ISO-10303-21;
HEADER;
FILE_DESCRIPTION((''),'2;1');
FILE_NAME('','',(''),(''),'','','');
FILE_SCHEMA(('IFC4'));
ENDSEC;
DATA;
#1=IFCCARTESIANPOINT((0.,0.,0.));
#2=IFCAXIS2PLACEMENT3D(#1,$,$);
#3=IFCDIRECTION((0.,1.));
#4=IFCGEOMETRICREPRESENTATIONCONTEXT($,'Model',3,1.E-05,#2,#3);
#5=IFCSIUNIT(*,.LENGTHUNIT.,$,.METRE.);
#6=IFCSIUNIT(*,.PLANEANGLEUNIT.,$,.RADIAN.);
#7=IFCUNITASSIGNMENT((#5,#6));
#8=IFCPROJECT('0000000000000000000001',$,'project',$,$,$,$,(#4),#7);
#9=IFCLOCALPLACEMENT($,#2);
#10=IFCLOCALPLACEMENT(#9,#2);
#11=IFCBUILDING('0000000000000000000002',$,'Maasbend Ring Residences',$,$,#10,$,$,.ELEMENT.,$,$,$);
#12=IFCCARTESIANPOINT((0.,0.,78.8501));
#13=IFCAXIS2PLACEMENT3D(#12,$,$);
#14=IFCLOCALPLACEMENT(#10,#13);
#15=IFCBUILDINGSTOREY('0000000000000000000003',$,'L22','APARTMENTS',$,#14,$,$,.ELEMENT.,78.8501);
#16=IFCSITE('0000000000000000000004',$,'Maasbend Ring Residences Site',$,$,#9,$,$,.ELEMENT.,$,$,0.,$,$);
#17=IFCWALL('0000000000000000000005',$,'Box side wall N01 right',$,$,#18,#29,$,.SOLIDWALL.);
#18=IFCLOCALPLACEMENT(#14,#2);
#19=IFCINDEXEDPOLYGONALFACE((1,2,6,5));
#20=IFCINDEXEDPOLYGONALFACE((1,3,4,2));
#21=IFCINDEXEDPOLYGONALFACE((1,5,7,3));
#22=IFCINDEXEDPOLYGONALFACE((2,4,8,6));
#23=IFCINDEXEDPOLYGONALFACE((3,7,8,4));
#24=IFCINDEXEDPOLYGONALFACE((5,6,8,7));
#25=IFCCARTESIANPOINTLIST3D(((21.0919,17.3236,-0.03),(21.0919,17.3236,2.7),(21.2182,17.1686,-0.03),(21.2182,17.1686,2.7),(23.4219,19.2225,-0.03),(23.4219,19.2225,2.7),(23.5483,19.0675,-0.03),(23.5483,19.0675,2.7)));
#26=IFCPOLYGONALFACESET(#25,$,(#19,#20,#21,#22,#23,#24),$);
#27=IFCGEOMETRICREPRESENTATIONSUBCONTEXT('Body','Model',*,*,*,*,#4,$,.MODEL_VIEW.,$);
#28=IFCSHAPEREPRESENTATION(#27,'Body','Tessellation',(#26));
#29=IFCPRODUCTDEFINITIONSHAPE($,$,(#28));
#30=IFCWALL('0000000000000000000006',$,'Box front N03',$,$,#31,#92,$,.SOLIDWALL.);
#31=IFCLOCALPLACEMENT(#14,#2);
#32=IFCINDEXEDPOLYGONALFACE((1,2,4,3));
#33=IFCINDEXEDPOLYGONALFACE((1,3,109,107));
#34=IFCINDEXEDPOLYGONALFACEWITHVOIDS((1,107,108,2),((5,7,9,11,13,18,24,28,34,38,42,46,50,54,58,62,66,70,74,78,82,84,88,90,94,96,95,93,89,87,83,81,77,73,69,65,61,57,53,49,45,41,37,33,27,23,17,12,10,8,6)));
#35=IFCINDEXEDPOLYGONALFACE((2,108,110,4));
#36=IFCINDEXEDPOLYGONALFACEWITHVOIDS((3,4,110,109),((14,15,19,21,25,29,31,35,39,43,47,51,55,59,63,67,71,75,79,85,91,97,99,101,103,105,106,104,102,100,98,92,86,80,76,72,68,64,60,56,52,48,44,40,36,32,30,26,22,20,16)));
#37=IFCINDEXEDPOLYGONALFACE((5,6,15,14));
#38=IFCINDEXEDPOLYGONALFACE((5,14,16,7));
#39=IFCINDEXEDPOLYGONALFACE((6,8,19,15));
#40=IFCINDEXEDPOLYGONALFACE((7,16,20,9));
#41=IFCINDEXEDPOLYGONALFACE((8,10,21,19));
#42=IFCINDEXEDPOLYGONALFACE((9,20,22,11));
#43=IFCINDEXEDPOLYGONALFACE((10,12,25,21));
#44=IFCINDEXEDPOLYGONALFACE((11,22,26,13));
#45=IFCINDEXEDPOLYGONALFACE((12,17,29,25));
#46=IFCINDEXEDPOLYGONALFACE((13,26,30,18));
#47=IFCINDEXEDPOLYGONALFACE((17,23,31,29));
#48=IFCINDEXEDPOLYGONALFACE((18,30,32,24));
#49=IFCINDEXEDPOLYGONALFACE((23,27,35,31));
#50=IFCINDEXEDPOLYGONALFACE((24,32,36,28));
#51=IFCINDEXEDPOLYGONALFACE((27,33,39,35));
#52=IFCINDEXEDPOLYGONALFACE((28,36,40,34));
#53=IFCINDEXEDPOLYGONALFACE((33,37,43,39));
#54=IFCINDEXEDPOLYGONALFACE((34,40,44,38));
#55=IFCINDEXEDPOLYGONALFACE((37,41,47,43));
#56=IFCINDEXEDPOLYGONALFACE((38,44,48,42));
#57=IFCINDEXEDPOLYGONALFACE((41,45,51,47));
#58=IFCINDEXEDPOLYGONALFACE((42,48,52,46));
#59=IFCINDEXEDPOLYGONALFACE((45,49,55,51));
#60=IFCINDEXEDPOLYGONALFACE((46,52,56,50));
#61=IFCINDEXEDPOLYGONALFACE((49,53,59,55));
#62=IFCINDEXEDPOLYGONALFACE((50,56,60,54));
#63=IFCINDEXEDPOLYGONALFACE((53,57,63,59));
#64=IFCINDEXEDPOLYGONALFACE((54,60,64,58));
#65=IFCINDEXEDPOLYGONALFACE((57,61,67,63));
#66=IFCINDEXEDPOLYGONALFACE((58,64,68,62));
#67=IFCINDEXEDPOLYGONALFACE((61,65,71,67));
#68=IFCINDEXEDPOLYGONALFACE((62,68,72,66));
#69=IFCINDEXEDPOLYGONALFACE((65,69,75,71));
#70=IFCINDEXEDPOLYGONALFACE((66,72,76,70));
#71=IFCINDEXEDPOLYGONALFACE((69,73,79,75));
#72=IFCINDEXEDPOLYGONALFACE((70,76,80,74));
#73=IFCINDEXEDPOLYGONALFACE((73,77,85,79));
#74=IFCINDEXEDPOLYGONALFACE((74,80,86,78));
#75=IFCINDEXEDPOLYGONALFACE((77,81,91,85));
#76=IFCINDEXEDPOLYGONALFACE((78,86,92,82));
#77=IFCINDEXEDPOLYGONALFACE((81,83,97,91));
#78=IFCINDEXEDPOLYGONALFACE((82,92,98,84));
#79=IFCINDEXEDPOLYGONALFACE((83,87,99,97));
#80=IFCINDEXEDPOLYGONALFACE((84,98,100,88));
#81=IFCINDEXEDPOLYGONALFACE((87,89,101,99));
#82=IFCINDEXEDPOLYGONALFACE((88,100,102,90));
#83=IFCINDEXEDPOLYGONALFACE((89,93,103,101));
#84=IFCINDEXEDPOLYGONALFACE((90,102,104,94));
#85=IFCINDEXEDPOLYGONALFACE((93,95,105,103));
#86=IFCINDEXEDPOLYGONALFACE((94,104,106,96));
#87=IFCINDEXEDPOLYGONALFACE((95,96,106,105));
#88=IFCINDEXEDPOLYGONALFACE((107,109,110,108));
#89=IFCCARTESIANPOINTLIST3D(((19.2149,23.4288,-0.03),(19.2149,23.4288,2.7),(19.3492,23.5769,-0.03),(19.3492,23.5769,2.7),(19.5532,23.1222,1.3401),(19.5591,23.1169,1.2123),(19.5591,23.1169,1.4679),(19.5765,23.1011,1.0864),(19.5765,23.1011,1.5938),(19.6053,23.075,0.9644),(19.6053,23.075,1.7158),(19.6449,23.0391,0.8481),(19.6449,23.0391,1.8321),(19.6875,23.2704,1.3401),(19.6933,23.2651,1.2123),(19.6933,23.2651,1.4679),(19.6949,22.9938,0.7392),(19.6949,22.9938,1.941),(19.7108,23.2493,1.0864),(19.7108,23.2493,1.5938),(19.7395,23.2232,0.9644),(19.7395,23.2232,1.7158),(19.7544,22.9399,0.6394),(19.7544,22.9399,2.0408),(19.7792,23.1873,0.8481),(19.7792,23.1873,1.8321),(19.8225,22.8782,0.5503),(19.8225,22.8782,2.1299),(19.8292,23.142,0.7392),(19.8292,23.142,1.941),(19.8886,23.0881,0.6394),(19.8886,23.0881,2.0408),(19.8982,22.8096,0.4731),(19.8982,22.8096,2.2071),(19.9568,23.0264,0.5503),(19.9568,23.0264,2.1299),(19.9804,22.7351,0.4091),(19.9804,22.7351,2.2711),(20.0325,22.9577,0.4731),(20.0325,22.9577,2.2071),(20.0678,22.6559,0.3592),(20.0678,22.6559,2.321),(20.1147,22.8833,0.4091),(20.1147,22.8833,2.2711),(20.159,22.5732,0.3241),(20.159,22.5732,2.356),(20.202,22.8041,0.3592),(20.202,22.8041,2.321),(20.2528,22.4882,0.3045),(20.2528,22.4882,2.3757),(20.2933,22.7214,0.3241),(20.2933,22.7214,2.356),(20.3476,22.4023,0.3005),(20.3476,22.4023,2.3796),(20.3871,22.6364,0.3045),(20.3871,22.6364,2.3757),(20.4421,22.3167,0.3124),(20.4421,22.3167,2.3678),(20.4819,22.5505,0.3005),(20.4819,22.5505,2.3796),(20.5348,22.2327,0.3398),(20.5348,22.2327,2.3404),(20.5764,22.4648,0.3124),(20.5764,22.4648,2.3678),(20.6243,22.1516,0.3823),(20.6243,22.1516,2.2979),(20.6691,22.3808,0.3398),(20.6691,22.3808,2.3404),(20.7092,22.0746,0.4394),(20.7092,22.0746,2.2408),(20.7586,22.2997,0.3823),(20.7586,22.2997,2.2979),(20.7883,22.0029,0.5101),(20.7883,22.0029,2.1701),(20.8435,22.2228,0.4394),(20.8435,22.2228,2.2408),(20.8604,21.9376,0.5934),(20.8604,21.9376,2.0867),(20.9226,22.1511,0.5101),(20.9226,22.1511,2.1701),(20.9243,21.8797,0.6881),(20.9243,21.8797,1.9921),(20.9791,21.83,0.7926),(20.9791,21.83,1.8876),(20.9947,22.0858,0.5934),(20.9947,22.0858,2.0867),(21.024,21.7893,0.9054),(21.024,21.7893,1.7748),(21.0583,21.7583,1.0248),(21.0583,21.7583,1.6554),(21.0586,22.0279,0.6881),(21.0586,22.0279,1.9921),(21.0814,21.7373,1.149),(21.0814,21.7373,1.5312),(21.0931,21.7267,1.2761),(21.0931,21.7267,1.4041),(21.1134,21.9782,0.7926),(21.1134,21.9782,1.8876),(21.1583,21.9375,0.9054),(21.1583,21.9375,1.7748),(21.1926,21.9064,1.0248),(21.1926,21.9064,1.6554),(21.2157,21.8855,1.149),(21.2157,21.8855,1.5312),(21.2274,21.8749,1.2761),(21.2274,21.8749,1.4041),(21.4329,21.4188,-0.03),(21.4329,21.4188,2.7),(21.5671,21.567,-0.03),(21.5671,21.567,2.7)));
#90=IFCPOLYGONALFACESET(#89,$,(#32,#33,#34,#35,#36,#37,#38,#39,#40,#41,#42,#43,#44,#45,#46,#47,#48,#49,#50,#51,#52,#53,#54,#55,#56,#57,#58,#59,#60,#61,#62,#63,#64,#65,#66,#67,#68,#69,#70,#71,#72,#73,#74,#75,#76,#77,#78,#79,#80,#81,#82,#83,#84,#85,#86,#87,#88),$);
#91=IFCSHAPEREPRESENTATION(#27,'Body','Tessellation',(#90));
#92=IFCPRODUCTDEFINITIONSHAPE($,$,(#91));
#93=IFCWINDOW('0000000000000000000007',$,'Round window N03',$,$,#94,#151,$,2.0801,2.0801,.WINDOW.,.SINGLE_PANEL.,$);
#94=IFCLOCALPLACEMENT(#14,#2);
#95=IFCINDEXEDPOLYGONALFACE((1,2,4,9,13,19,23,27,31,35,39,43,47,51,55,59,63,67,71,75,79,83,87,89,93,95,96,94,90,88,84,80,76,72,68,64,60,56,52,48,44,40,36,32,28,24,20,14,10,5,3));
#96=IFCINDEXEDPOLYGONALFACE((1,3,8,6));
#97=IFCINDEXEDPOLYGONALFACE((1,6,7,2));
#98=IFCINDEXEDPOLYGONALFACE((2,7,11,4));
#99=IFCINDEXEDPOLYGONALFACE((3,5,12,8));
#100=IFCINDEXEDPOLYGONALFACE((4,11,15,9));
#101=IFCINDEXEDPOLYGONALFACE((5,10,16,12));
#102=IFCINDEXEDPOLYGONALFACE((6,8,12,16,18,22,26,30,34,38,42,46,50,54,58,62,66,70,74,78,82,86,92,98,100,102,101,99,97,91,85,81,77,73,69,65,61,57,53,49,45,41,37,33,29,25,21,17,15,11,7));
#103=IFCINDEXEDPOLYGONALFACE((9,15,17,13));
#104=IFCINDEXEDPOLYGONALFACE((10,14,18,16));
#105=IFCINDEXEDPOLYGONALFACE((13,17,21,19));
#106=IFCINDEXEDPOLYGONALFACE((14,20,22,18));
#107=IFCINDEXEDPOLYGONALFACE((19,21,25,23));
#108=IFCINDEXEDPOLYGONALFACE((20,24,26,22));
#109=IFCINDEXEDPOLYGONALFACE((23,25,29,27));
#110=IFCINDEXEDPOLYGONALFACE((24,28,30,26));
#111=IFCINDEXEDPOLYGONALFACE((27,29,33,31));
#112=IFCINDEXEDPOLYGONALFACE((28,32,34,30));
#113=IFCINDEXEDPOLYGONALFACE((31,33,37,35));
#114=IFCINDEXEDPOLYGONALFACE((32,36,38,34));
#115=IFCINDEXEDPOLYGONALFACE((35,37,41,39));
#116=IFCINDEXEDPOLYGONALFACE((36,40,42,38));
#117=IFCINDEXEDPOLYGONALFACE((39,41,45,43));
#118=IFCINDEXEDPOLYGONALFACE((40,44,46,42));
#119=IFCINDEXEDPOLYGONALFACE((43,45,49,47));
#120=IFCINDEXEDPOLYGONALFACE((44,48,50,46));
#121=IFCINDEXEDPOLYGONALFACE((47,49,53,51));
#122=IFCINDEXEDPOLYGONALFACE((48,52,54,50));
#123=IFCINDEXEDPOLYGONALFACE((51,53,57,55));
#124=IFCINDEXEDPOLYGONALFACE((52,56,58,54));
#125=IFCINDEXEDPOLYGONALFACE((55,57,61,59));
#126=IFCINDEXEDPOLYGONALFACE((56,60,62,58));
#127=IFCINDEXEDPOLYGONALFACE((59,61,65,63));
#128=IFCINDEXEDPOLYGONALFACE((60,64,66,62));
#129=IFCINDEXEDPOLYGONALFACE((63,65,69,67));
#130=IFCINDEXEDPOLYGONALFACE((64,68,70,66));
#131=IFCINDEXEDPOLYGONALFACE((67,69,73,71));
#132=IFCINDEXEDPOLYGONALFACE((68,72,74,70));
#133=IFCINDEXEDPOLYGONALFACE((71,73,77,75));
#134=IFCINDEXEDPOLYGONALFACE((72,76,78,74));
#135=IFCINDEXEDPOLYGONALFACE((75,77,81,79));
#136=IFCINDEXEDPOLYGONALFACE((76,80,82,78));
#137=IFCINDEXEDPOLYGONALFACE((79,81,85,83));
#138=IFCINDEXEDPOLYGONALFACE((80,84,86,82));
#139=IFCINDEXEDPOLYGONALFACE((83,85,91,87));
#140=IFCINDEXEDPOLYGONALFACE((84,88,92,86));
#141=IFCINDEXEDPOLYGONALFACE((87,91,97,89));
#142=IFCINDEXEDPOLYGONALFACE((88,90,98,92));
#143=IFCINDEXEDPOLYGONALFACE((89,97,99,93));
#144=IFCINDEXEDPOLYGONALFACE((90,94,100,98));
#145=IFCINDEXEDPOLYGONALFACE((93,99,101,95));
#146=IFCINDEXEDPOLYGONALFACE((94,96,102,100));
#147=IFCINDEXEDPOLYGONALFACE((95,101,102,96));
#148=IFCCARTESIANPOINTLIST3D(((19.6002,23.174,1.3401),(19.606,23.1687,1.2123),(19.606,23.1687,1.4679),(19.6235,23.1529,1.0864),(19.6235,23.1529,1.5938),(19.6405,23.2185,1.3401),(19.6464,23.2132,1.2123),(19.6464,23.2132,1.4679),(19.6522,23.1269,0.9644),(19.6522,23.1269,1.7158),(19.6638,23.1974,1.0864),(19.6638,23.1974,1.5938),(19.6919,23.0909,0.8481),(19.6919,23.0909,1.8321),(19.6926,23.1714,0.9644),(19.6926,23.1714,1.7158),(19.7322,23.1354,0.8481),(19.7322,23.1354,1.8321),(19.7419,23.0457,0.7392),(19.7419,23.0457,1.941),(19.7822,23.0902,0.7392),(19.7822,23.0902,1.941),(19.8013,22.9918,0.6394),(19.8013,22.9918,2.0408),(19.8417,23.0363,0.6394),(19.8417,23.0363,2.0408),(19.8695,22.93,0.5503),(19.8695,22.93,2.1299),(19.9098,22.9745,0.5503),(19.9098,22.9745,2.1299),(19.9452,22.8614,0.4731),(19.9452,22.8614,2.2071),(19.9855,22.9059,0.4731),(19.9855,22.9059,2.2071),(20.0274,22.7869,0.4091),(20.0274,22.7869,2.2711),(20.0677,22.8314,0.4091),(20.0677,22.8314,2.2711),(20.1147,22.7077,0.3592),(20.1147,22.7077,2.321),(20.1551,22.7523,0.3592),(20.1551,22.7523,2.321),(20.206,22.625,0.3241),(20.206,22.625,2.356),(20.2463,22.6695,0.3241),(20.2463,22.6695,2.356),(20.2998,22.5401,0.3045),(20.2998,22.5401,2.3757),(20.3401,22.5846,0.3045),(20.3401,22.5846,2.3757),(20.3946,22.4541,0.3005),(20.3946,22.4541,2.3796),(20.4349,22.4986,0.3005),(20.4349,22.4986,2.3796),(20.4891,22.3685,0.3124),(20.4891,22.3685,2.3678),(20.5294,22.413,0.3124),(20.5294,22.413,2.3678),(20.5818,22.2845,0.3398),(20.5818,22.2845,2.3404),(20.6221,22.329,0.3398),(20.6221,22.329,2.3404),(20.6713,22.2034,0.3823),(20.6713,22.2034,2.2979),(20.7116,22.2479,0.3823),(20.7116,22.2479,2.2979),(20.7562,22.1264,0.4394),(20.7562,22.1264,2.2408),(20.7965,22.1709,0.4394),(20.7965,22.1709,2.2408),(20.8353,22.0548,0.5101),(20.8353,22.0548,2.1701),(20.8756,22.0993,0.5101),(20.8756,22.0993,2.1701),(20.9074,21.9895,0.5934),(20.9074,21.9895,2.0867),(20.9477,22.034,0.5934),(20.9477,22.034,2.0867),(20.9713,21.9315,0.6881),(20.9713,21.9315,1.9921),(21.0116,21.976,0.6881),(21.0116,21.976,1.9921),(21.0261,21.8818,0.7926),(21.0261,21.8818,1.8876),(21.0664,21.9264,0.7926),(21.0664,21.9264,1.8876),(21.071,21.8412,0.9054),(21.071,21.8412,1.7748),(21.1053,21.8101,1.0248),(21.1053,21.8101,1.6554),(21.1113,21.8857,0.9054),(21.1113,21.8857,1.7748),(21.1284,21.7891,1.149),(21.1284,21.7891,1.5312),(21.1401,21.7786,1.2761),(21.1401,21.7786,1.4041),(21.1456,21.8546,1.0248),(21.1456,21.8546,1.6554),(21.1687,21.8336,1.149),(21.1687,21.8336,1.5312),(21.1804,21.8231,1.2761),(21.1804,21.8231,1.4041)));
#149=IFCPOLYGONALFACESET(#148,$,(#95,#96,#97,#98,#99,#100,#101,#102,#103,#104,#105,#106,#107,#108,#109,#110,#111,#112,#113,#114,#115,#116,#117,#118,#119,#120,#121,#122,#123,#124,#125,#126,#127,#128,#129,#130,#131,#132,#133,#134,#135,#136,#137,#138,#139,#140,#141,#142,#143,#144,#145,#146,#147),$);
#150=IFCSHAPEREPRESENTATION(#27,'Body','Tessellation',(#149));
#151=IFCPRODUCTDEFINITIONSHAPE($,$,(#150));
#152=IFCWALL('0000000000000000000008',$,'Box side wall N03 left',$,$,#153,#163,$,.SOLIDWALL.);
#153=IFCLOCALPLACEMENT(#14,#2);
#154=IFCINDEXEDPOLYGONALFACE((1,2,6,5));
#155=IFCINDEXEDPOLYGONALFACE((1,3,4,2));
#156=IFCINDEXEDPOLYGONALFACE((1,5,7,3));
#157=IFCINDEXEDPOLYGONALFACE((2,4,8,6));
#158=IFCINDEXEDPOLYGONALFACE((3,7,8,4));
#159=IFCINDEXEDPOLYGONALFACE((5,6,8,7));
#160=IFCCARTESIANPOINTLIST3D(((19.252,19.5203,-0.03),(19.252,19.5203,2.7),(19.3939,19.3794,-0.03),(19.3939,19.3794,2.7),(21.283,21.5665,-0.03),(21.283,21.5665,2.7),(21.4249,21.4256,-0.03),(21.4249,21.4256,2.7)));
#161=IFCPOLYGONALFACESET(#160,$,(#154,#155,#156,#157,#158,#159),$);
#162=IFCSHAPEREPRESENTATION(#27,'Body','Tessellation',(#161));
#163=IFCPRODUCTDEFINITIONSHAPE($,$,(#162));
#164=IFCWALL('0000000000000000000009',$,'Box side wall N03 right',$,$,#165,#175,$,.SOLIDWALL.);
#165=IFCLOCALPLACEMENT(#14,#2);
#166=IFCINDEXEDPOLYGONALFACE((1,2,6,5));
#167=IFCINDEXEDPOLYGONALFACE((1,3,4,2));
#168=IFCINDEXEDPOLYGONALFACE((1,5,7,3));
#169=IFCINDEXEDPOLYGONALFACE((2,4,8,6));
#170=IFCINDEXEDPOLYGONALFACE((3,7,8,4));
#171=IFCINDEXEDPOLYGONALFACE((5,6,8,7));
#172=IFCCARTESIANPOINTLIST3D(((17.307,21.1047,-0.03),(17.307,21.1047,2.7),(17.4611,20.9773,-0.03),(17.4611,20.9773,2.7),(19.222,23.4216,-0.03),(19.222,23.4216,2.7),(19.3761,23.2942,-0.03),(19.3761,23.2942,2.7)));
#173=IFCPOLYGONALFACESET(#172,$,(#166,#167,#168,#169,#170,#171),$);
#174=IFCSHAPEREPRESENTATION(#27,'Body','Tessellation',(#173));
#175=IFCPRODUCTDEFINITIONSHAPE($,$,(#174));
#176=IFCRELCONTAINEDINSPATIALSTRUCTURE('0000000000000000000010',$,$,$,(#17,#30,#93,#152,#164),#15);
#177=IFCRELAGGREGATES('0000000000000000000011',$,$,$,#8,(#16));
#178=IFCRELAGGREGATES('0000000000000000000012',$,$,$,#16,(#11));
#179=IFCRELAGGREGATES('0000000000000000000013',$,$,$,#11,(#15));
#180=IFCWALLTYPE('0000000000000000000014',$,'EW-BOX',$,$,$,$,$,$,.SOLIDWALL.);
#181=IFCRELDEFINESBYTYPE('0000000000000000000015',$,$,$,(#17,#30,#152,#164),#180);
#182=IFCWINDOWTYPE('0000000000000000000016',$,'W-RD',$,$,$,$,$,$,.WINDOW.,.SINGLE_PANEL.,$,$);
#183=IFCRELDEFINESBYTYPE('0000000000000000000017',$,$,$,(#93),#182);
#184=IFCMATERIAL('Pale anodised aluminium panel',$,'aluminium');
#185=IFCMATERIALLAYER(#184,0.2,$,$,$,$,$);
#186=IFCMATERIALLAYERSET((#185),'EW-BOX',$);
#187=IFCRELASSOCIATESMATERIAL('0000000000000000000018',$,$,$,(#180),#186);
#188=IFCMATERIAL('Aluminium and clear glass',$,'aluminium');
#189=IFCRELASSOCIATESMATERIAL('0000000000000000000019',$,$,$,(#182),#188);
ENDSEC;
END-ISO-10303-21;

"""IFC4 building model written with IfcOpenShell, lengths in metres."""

from ifc_helpers import new_model, si_unit, direction, frame, frame_2d, origin, place, context, subcontext, project, spatial, rectangle, circle, extrude, material, layer, layer_set, type_object, element, fill, save


model = new_model("IFC4")

# Units and contexts
model_context = context("Model", 3, precision=1e-05, world=origin(), true_north=direction((0.0, 1.0)))
body_context = subcontext(model_context, "Body", "Model", "MODEL_VIEW")
ifc_project = project(units=[si_unit("LENGTHUNIT", "METRE"), si_unit("PLANEANGLEUNIT", "RADIAN")], contexts=[model_context])

# Site, building, storey
site_placement = place(None, origin())
site = spatial("IfcSite", under=ifc_project, at=site_placement, Name="Maasbend Ring Residences Site", CompositionType="ELEMENT", RefElevation=0.0)
building_placement = place(site_placement, origin())
building = spatial("IfcBuilding", under=site, at=building_placement, Name="Maasbend Ring Residences", CompositionType="ELEMENT")
storey_placement = place(building_placement, frame((0.0, 0.0, 78.8501)))
storey = spatial("IfcBuildingStorey", under=building, at=storey_placement, Name="L22", Description="APARTMENTS", CompositionType="ELEMENT", Elevation=78.8501)

# Shared definitions
ifc_material_1 = material(Name="Pale anodised aluminium panel", Category="aluminium")
ifc_layer_1 = layer(ifc_material_1, 0.2)
ifc_layer_set_1 = layer_set([ifc_layer_1], Name="EW-BOX")
wall_type_1 = type_object("IfcWallType", Name="EW-BOX", PredefinedType="SOLIDWALL", material=ifc_layer_set_1)
ifc_material_2 = material(Name="Aluminium and clear glass", Category="aluminium")
window_type_1 = type_object("IfcWindowType", Name="W-RD", PartitioningType="SINGLE_PANEL", PredefinedType="WINDOW", material=ifc_material_2)

# Wall
wall_1_placement = place(storey_placement, frame((21.155, 17.2461, -0.03), z_axis=(0.0, 0.0, 1.0), x_axis=(0.775179, 0.631742, 0.0)))
element("IfcWall", 1, at=wall_1_placement, inside=storey, type_object=wall_type_1, Name="Box side wall N01 right", PredefinedType="SOLIDWALL", context=body_context, shape_type="SweptSolid", body=[
    extrude(rectangle(XDim=3.0059, YDim=0.2, at=frame_2d((1.5029, 0.0))), origin(), (0.0, 0.0, 1.0), 2.73),
])

# Wall, opening, window
wall_2_placement = place(storey_placement, frame((21.5, 21.4929, -0.03), z_axis=(0.0, 0.0, 1.0), x_axis=(-0.740998, 0.671507, 0.0)))
wall_2 = element("IfcWall", 2, at=wall_2_placement, inside=storey, type_object=wall_type_1, Name="Box front N03", PredefinedType="SOLIDWALL", context=body_context, shape_type="SweptSolid", body=[
    extrude(rectangle(XDim=2.9932, YDim=0.2, at=frame_2d((1.4966, 0.0))), origin(), (0.0, 0.0, 1.0), 2.73),
])
opening_1_placement = place(wall_2_placement, frame((0.4565, 0.0, 0.3301)))
opening_1 = element("IfcOpeningElement", 3, at=opening_1_placement, cuts=wall_2, PredefinedType="OPENING", context=body_context, shape_type="SweptSolid", body=[
    extrude(circle(Radius=1.04, at=frame_2d((1.04, 1.04))), frame((0.0, 0.1099, 0.0), z_axis=(0.0, -1.0, 0.0), x_axis=(1.0, 0.0, 0.0)), (0.0, 0.0, 1.0), 0.22),
])
window_1_placement = place(opening_1_placement, origin())
window_1 = element("IfcWindow", 4, at=window_1_placement, inside=storey, type_object=window_type_1, Name="Round window N03", OverallHeight=2.0801, OverallWidth=2.0801, PartitioningType="SINGLE_PANEL", PredefinedType="WINDOW", context=body_context, shape_type="SweptSolid", body=[
    extrude(circle(Radius=1.04, at=frame_2d((1.04, 1.04))), frame((0.0, 0.03, 0.0), z_axis=(0.0, -1.0, 0.0), x_axis=(1.0, 0.0, 0.0)), (0.0, 0.0, 1.0), 0.0601),
])
fill(opening_1, window_1)

# Walls
wall_3_placement = place(storey_placement, frame((19.323, 19.45, -0.03), z_axis=(0.0, 0.0, 1.0), x_axis=(0.704477, 0.709727, 0.0)))
element("IfcWall", 5, at=wall_3_placement, inside=storey, type_object=wall_type_1, Name="Box side wall N03 left", PredefinedType="SOLIDWALL", context=body_context, shape_type="SweptSolid", body=[
    extrude(rectangle(XDim=2.8831, YDim=0.2, at=frame_2d((1.4414, 0.0))), origin(), (0.0, 0.0, 1.0), 2.73),
])
wall_4_placement = place(storey_placement, frame((17.384, 21.041, -0.03), z_axis=(0.0, 0.0, 1.0), x_axis=(0.637096, 0.770785, 0.0)))
element("IfcWall", 6, at=wall_4_placement, inside=storey, type_object=wall_type_1, Name="Box side wall N03 right", PredefinedType="SOLIDWALL", context=body_context, shape_type="SweptSolid", body=[
    extrude(rectangle(XDim=3.0059, YDim=0.2, at=frame_2d((1.5029, 0.0))), origin(), (0.0, 0.0, 1.0), 2.73),
])

save(model, "model.ifc")
